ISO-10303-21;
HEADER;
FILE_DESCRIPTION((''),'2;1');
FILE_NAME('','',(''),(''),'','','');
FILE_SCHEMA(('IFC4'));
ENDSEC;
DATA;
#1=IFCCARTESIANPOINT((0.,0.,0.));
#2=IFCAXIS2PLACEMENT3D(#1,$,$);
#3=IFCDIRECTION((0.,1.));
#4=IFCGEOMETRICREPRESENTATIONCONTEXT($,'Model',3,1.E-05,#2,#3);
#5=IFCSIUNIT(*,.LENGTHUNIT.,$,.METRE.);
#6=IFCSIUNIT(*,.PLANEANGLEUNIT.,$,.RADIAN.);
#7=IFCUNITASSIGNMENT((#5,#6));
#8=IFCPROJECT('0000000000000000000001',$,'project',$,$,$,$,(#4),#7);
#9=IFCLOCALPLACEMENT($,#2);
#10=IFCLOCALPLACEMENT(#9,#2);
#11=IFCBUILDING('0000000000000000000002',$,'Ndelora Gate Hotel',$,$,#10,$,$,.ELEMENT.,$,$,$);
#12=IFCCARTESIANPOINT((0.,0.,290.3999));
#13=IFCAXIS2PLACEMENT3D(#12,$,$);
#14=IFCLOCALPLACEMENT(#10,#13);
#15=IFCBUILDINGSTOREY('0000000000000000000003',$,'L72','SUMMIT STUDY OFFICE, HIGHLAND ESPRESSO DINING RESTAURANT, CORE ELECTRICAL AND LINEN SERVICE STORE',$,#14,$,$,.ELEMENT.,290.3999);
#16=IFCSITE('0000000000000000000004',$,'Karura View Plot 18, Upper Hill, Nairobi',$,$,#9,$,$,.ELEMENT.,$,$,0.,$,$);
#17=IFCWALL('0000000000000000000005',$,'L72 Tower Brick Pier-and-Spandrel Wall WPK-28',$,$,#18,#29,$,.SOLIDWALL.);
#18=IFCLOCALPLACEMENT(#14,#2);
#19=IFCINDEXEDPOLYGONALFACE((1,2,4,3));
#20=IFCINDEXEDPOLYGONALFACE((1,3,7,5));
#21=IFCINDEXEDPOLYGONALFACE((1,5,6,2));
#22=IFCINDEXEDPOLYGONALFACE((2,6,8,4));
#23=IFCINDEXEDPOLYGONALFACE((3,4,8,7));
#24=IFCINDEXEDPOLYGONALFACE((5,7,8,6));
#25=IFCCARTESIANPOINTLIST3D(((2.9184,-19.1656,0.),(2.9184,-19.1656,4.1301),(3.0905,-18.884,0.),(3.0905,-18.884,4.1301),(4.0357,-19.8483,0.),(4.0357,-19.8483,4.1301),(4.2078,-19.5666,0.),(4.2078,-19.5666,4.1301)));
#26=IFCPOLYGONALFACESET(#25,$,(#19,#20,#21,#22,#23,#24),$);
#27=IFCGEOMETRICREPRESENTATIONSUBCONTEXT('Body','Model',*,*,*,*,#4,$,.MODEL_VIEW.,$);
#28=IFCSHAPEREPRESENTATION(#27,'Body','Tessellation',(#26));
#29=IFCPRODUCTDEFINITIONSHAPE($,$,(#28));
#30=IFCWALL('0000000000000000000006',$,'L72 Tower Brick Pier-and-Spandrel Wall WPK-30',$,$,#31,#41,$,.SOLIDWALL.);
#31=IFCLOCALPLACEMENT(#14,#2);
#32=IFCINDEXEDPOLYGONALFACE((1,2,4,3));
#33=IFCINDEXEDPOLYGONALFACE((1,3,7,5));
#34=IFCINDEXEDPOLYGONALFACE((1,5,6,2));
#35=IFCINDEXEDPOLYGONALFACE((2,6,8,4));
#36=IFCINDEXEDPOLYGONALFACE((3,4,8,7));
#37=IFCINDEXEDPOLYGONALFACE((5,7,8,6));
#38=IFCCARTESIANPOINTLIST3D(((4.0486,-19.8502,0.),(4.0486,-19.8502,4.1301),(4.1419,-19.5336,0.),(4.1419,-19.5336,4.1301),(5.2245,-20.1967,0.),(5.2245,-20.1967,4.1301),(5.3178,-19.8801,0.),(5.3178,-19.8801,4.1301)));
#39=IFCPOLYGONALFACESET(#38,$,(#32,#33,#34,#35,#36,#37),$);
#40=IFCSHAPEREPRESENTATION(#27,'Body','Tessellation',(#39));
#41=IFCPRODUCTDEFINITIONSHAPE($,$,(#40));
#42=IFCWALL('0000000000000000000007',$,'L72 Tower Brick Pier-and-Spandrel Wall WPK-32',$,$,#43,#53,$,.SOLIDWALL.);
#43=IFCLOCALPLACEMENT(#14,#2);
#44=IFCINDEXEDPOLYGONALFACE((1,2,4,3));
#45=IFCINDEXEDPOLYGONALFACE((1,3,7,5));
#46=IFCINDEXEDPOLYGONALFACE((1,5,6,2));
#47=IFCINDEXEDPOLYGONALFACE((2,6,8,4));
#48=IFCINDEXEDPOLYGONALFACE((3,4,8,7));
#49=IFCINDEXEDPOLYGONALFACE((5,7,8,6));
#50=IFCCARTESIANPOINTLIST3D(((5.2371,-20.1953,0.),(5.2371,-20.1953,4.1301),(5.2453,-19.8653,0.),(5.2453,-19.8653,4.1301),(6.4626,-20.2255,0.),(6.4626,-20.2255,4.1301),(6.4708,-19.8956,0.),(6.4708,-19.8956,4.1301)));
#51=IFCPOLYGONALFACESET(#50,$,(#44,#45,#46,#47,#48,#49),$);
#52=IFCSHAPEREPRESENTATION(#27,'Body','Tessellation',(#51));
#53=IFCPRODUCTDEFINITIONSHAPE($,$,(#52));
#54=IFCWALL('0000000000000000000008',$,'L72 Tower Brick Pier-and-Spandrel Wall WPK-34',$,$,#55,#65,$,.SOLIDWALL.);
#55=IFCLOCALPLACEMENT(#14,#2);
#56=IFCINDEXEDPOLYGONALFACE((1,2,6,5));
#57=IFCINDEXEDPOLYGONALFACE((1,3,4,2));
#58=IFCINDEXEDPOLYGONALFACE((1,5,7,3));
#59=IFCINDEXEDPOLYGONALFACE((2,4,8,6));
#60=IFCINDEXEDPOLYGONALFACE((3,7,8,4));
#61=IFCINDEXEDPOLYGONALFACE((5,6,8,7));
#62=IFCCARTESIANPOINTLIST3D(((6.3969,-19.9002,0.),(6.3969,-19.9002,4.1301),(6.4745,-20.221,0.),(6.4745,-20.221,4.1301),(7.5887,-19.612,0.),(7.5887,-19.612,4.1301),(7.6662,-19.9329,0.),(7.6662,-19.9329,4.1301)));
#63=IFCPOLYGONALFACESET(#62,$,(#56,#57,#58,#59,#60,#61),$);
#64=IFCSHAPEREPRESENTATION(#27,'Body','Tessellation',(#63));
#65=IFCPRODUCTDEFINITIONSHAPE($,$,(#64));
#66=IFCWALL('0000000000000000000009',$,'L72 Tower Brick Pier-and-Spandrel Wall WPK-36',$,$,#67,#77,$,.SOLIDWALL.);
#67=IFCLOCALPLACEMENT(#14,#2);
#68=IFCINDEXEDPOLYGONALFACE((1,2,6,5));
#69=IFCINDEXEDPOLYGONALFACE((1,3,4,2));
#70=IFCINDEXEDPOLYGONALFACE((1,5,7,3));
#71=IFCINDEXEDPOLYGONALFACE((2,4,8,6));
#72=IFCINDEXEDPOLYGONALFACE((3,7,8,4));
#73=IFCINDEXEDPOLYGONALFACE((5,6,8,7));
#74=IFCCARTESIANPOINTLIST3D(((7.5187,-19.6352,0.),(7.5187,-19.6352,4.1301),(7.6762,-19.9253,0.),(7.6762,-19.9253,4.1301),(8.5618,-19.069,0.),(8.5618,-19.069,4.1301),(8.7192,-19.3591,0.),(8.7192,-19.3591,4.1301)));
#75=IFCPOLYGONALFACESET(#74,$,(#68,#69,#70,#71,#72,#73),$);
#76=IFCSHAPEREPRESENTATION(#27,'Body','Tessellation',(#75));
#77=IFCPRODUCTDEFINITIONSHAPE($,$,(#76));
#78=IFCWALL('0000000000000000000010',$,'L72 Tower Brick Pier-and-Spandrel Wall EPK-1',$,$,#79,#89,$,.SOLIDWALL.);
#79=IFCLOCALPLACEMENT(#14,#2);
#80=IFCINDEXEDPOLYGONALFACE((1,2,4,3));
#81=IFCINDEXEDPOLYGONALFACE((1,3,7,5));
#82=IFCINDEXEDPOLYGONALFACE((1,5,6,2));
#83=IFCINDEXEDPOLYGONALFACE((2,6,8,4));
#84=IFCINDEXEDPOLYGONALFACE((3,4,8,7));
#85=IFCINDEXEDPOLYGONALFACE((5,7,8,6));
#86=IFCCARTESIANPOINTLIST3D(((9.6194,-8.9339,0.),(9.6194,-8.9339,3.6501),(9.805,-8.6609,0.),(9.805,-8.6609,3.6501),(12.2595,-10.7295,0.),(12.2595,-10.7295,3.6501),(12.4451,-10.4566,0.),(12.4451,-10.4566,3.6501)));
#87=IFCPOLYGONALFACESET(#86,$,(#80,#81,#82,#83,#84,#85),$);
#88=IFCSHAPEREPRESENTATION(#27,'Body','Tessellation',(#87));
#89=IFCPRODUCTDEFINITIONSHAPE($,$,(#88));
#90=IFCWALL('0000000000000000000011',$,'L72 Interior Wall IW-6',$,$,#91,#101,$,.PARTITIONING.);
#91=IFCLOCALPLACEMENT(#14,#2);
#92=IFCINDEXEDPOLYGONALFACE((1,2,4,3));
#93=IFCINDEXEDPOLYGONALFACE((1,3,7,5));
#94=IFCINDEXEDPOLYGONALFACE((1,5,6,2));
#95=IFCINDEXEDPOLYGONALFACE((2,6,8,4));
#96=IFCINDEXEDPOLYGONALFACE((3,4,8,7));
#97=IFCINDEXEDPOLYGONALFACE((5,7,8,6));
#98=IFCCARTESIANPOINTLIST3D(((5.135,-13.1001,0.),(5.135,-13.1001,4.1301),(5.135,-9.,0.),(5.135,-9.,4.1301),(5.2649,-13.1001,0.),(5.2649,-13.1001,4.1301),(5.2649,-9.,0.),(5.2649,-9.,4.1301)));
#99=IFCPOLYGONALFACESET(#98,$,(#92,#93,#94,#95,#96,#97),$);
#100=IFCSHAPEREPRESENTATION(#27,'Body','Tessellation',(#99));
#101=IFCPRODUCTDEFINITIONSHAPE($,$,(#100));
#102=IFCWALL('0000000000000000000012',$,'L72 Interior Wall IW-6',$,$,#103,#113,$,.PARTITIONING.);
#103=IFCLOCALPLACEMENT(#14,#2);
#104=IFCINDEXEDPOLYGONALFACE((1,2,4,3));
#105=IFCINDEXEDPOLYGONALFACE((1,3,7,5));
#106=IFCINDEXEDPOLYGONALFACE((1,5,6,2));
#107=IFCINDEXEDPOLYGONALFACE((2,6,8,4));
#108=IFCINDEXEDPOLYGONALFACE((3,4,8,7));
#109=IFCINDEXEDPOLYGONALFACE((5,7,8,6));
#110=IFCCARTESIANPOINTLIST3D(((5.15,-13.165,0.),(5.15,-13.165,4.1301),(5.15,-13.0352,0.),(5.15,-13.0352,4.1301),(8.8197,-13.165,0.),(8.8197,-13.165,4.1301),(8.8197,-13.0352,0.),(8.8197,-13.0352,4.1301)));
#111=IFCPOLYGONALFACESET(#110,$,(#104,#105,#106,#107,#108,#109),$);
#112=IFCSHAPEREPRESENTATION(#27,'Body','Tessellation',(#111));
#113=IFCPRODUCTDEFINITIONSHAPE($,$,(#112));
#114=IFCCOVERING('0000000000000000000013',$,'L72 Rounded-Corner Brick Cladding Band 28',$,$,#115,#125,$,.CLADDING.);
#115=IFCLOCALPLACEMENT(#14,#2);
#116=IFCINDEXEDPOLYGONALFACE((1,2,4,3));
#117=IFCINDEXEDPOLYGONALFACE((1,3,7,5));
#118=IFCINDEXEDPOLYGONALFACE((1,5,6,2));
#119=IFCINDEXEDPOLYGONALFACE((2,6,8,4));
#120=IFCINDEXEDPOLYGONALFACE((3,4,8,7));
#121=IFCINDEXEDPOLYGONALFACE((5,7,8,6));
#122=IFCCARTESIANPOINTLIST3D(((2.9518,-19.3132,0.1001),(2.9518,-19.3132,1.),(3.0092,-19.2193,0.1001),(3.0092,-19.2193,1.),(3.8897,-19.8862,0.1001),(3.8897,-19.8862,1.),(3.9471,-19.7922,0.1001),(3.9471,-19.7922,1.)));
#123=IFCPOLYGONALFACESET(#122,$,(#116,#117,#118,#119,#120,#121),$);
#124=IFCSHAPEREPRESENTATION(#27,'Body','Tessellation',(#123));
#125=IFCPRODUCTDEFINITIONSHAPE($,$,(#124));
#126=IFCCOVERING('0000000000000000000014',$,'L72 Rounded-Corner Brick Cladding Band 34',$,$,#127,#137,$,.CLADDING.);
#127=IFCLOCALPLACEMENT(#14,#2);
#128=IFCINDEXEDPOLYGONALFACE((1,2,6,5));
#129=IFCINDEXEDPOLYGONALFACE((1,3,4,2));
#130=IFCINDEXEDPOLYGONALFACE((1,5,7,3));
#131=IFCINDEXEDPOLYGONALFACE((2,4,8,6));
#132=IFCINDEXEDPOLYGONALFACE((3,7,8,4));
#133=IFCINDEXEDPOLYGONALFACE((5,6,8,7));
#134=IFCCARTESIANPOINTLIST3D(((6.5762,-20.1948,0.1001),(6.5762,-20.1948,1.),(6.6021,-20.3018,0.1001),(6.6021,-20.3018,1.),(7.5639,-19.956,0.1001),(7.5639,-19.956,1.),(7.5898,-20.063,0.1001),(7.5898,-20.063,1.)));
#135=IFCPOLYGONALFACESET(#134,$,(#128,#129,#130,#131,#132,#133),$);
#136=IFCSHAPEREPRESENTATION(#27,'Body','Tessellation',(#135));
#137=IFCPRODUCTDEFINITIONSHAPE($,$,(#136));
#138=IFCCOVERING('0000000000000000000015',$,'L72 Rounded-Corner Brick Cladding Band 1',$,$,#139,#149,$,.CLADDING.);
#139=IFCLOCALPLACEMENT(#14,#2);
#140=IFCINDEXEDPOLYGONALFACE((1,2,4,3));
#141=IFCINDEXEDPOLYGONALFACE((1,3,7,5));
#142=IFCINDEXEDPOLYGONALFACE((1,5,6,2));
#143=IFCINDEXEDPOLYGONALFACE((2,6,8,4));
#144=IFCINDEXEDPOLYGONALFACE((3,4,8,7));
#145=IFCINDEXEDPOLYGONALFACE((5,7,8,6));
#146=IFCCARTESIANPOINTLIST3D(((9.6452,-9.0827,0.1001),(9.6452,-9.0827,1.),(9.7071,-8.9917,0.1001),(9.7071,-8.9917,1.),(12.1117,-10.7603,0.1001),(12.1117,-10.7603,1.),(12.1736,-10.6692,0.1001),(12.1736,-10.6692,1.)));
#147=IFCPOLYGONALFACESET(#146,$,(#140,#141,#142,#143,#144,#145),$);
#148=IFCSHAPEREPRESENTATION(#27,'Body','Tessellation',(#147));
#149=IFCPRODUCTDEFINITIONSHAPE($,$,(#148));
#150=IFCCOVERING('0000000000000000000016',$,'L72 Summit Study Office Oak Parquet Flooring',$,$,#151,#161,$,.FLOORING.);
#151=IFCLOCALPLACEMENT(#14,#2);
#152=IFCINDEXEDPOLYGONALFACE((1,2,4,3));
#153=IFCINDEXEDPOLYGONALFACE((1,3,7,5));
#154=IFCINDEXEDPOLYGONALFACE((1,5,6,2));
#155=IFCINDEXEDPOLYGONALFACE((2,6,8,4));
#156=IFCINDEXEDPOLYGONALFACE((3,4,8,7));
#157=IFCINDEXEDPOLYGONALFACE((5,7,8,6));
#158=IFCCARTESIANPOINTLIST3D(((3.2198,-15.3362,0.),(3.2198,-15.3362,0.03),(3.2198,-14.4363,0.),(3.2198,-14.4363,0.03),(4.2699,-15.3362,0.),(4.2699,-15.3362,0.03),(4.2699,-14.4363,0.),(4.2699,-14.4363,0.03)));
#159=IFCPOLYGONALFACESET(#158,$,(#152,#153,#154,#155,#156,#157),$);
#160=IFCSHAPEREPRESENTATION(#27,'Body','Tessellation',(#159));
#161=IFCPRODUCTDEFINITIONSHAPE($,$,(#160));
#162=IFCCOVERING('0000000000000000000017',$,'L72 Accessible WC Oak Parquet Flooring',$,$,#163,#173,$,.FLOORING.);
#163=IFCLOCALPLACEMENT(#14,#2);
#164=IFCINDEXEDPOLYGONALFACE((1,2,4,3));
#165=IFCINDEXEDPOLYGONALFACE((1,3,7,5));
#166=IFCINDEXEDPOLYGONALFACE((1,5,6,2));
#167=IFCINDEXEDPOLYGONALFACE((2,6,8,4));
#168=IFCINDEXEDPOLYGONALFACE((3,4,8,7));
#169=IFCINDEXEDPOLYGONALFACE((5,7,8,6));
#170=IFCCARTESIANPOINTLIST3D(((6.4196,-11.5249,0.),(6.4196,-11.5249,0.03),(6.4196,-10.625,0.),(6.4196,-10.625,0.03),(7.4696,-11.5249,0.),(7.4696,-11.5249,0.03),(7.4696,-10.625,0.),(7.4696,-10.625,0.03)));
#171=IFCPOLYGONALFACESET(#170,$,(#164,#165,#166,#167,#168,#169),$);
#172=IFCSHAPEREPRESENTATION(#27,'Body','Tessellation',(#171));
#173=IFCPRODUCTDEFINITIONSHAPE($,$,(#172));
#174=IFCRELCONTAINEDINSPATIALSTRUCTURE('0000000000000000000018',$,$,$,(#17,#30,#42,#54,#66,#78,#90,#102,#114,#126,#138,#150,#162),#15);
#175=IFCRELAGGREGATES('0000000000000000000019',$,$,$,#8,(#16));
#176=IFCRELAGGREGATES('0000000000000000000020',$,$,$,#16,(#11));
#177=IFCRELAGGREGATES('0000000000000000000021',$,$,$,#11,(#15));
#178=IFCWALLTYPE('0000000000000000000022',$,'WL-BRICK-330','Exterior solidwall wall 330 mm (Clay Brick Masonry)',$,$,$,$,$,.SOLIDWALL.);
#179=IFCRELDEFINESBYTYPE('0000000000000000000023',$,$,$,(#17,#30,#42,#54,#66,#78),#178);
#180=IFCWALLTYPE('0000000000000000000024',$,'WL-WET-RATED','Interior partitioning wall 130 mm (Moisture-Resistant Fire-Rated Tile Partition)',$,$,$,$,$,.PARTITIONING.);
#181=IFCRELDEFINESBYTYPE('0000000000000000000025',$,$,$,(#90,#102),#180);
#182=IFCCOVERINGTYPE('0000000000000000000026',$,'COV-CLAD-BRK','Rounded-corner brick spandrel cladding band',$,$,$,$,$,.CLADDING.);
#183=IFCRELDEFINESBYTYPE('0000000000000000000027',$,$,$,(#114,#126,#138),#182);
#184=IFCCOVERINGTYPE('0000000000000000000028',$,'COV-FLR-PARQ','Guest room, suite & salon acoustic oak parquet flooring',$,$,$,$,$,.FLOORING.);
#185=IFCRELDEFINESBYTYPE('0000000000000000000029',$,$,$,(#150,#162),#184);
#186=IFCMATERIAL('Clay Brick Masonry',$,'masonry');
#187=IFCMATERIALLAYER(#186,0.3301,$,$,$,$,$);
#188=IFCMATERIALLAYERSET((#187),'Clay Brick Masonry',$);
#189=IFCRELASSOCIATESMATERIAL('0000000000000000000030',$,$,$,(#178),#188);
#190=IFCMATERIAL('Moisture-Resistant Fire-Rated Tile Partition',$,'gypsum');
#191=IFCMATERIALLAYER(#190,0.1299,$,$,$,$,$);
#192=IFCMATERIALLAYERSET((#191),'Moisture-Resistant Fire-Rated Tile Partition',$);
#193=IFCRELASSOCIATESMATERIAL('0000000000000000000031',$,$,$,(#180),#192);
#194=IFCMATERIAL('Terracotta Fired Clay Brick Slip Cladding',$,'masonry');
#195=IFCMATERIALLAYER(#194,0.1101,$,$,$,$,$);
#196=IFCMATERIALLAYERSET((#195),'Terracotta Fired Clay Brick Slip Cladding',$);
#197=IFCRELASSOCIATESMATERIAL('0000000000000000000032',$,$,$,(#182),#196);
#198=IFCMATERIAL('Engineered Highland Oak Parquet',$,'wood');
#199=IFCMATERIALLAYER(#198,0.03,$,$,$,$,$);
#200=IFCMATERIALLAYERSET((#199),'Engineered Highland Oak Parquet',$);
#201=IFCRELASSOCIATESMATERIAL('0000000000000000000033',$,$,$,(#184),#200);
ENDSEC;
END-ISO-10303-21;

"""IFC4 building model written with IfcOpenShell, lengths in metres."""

from ifc_helpers import new_model, si_unit, direction, frame, frame_2d, origin, origin_2d, place, context, subcontext, project, spatial, rectangle, extrude, material, layer, layer_set, type_object, element, save


model = new_model("IFC4")

# Units and contexts
model_context = context("Model", 3, precision=1e-05, world=origin(), true_north=direction((0.0, 1.0)))
body_context = subcontext(model_context, "Body", "Model", "MODEL_VIEW")
ifc_project = project(units=[si_unit("LENGTHUNIT", "METRE"), si_unit("PLANEANGLEUNIT", "RADIAN")], contexts=[model_context])

# Site, building, storey
site_placement = place(None, origin())
site = spatial("IfcSite", under=ifc_project, at=site_placement, Name="Karura View Plot 18, Upper Hill, Nairobi", CompositionType="ELEMENT", RefElevation=0.0)
building_placement = place(site_placement, origin())
building = spatial("IfcBuilding", under=site, at=building_placement, Name="Ndelora Gate Hotel", CompositionType="ELEMENT")
storey_placement = place(building_placement, frame((0.0, 0.0, 290.3999)))
storey = spatial("IfcBuildingStorey", under=building, at=storey_placement, Name="L72", Description="SUMMIT STUDY OFFICE, HIGHLAND ESPRESSO DINING RESTAURANT, CORE ELECTRICAL AND LINEN SERVICE STORE", CompositionType="ELEMENT", Elevation=290.3999)

# Shared definitions
ifc_material_1 = material(Name="Clay Brick Masonry", Category="masonry")
ifc_layer_1 = layer(ifc_material_1, 0.3301)
ifc_layer_set_1 = layer_set([ifc_layer_1], Name="Clay Brick Masonry")
wall_type_1 = type_object("IfcWallType", Name="WL-BRICK-330", Description="Exterior solidwall wall 330 mm (Clay Brick Masonry)", PredefinedType="SOLIDWALL", material=ifc_layer_set_1)

# Walls
wall_1_placement = place(storey_placement, frame((4.1218, -19.7075, 0.0), z_axis=(0.0, 0.0, 1.0), x_axis=(-0.853319, 0.52139, 0.0)))
element("IfcWall", 1, at=wall_1_placement, inside=storey, type_object=wall_type_1, Name="L72 Tower Brick Pier-and-Spandrel Wall WPK-28", PredefinedType="SOLIDWALL", context=body_context, shape_type="SweptSolid", body=[
    extrude(rectangle(XDim=1.3093, YDim=0.3301, at=frame_2d((0.6548, 0.0))), origin(), (0.0, 0.0, 1.0), 4.1301),
])
for number, where, z_axis, x_axis, name in (
    (2, (5.271, -20.0383, 0.0), (0.0, 0.0, 1.0), (-0.959229, 0.28263, 0.0), "L72 Tower Brick Pier-and-Spandrel Wall WPK-30"),
    (3, (6.4666, -20.0605, 0.0), (0.0, 0.0, 1.0), (-0.999695, 0.024699, 0.0), "L72 Tower Brick Pier-and-Spandrel Wall WPK-32"),
):
    element("IfcWall", number, at=place(storey_placement, frame(where, z_axis=z_axis, x_axis=x_axis)), inside=storey, type_object=wall_type_1, Name=name, PredefinedType="SOLIDWALL", context=body_context, shape_type="SweptSolid", body=[
        extrude(rectangle(XDim=1.2258, YDim=0.3301, at=frame_2d((0.6128, 0.0))), origin(), (0.0, 0.0, 1.0), 4.1301),
    ])
wall_2_placement = place(storey_placement, frame((7.6274, -19.7725, 0.0), z_axis=(0.0, 0.0, 1.0), x_axis=(-0.971999, -0.234984, 0.0)))
element("IfcWall", 4, at=wall_2_placement, inside=storey, type_object=wall_type_1, Name="L72 Tower Brick Pier-and-Spandrel Wall WPK-34", PredefinedType="SOLIDWALL", context=body_context, shape_type="SweptSolid", body=[
    extrude(rectangle(XDim=1.2261, YDim=0.3301, at=frame_2d((0.613, 0.0))), origin(), (0.0, 0.0, 1.0), 4.1301),
])
wall_3_placement = place(storey_placement, frame((8.6404, -19.2141, 0.0), z_axis=(0.0, 0.0, 1.0), x_axis=(-0.878861, -0.477078, 0.0)))
element("IfcWall", 5, at=wall_3_placement, inside=storey, type_object=wall_type_1, Name="L72 Tower Brick Pier-and-Spandrel Wall WPK-36", PredefinedType="SOLIDWALL", context=body_context, shape_type="SweptSolid", body=[
    extrude(rectangle(XDim=1.1868, YDim=0.3301, at=frame_2d((0.5933, 0.0))), origin(), (0.0, 0.0, 1.0), 4.1301),
])
wall_4_placement = place(storey_placement, frame((12.3523, -10.593, 0.0), z_axis=(0.0, 0.0, 1.0), x_axis=(-0.826874, 0.562387, 0.0)))
element("IfcWall", 6, at=wall_4_placement, inside=storey, type_object=wall_type_1, Name="L72 Tower Brick Pier-and-Spandrel Wall EPK-1", PredefinedType="SOLIDWALL", context=body_context, shape_type="SweptSolid", body=[
    extrude(rectangle(XDim=3.1929, YDim=0.3301, at=frame_2d((1.5964, 0.0))), origin(), (0.0, 0.0, 1.0), 3.6501),
])
ifc_material_2 = material(Name="Moisture-Resistant Fire-Rated Tile Partition", Category="gypsum")
ifc_layer_2 = layer(ifc_material_2, 0.1299)
ifc_layer_set_2 = layer_set([ifc_layer_2], Name="Moisture-Resistant Fire-Rated Tile Partition")
wall_type_2 = type_object("IfcWallType", Name="WL-WET-RATED", Description="Interior partitioning wall 130 mm (Moisture-Resistant Fire-Rated Tile Partition)", PredefinedType="PARTITIONING", material=ifc_layer_set_2)
wall_5_placement = place(storey_placement, frame((5.2, -9.0, 0.0), z_axis=(0.0, 0.0, 1.0), x_axis=(0.0, -1.0, 0.0)))
element("IfcWall", 7, at=wall_5_placement, inside=storey, type_object=wall_type_2, Name="L72 Interior Wall IW-6", PredefinedType="PARTITIONING", context=body_context, shape_type="SweptSolid", body=[
    extrude(rectangle(XDim=4.1001, YDim=0.1299, at=frame_2d((2.05, 0.0))), origin(), (0.0, 0.0, 1.0), 4.1301),
])
wall_6_placement = place(storey_placement, frame((5.1499, -13.1001, 0.0), z_axis=(0.0, 0.0, 1.0), x_axis=(1.0, 0.0, 0.0)))
element("IfcWall", 8, at=wall_6_placement, inside=storey, type_object=wall_type_2, Name="L72 Interior Wall IW-6", PredefinedType="PARTITIONING", context=body_context, shape_type="SweptSolid", body=[
    extrude(rectangle(XDim=3.6697, YDim=0.1299, at=frame_2d((1.835, 0.0))), origin(), (0.0, 0.0, 1.0), 4.1301),
])

# Coverings
ifc_material_3 = material(Name="Terracotta Fired Clay Brick Slip Cladding", Category="masonry")
ifc_layer_3 = layer(ifc_material_3, 0.1101)
ifc_layer_set_3 = layer_set([ifc_layer_3], Name="Terracotta Fired Clay Brick Slip Cladding")
covering_type_1 = type_object("IfcCoveringType", Name="COV-CLAD-BRK", Description="Rounded-corner brick spandrel cladding band", PredefinedType="CLADDING", material=ifc_layer_set_3)
covering_1_placement = place(storey_placement, frame((3.4495, -19.5527, 0.1001), z_axis=(0.0, 0.0, 1.0), x_axis=(-0.853369, 0.521308, 0.0)))
element("IfcCovering", 9, at=covering_1_placement, inside=storey, type_object=covering_type_1, Name="L72 Rounded-Corner Brick Cladding Band 28", PredefinedType="CLADDING", context=body_context, shape_type="SweptSolid", body=[
    extrude(rectangle(XDim=1.0991, YDim=0.1101, at=origin_2d()), origin(), (0.0, 0.0, 1.0), 0.8999),
])
covering_2_placement = place(storey_placement, frame((7.083, -20.1289, 0.1001), z_axis=(0.0, 0.0, 1.0), x_axis=(0.972002, 0.234972, 0.0)))
element("IfcCovering", 10, at=covering_2_placement, inside=storey, type_object=covering_type_1, Name="L72 Rounded-Corner Brick Cladding Band 34", PredefinedType="CLADDING", context=body_context, shape_type="SweptSolid", body=[
    extrude(rectangle(XDim=1.0161, YDim=0.1101, at=origin_2d()), origin(), (0.0, 0.0, 1.0), 0.8999),
])
covering_3_placement = place(storey_placement, frame((10.9094, -9.876, 0.1001), z_axis=(0.0, 0.0, 1.0), x_axis=(-0.826884, 0.562372, 0.0)))
element("IfcCovering", 11, at=covering_3_placement, inside=storey, type_object=covering_type_1, Name="L72 Rounded-Corner Brick Cladding Band 1", PredefinedType="CLADDING", context=body_context, shape_type="SweptSolid", body=[
    extrude(rectangle(XDim=2.9829, YDim=0.1101, at=origin_2d()), origin(), (0.0, 0.0, 1.0), 0.8999),
])
ifc_material_4 = material(Name="Engineered Highland Oak Parquet", Category="wood")
ifc_layer_4 = layer(ifc_material_4, 0.03)
ifc_layer_set_4 = layer_set([ifc_layer_4], Name="Engineered Highland Oak Parquet")
covering_type_2 = type_object("IfcCoveringType", Name="COV-FLR-PARQ", Description="Guest room, suite & salon acoustic oak parquet flooring", PredefinedType="FLOORING", material=ifc_layer_set_4)
for number, where, z_axis, x_axis, name in (
    (12, (3.7449, -14.8862, 0.0), (0.0, 0.0, 1.0), (1.0, 0.0, 0.0), "L72 Summit Study Office Oak Parquet Flooring"),
    (13, (6.9446, -11.075, 0.0), (0.0, 0.0, 1.0), (1.0, 0.0, 0.0), "L72 Accessible WC Oak Parquet Flooring"),
):
    element("IfcCovering", number, at=place(storey_placement, frame(where, z_axis=z_axis, x_axis=x_axis)), inside=storey, type_object=covering_type_2, Name=name, PredefinedType="FLOORING", context=body_context, shape_type="SweptSolid", body=[
        extrude(rectangle(XDim=1.05, YDim=0.8999, at=origin_2d()), origin(), (0.0, 0.0, 1.0), 0.03),
    ])

save(model, "model.ifc")
